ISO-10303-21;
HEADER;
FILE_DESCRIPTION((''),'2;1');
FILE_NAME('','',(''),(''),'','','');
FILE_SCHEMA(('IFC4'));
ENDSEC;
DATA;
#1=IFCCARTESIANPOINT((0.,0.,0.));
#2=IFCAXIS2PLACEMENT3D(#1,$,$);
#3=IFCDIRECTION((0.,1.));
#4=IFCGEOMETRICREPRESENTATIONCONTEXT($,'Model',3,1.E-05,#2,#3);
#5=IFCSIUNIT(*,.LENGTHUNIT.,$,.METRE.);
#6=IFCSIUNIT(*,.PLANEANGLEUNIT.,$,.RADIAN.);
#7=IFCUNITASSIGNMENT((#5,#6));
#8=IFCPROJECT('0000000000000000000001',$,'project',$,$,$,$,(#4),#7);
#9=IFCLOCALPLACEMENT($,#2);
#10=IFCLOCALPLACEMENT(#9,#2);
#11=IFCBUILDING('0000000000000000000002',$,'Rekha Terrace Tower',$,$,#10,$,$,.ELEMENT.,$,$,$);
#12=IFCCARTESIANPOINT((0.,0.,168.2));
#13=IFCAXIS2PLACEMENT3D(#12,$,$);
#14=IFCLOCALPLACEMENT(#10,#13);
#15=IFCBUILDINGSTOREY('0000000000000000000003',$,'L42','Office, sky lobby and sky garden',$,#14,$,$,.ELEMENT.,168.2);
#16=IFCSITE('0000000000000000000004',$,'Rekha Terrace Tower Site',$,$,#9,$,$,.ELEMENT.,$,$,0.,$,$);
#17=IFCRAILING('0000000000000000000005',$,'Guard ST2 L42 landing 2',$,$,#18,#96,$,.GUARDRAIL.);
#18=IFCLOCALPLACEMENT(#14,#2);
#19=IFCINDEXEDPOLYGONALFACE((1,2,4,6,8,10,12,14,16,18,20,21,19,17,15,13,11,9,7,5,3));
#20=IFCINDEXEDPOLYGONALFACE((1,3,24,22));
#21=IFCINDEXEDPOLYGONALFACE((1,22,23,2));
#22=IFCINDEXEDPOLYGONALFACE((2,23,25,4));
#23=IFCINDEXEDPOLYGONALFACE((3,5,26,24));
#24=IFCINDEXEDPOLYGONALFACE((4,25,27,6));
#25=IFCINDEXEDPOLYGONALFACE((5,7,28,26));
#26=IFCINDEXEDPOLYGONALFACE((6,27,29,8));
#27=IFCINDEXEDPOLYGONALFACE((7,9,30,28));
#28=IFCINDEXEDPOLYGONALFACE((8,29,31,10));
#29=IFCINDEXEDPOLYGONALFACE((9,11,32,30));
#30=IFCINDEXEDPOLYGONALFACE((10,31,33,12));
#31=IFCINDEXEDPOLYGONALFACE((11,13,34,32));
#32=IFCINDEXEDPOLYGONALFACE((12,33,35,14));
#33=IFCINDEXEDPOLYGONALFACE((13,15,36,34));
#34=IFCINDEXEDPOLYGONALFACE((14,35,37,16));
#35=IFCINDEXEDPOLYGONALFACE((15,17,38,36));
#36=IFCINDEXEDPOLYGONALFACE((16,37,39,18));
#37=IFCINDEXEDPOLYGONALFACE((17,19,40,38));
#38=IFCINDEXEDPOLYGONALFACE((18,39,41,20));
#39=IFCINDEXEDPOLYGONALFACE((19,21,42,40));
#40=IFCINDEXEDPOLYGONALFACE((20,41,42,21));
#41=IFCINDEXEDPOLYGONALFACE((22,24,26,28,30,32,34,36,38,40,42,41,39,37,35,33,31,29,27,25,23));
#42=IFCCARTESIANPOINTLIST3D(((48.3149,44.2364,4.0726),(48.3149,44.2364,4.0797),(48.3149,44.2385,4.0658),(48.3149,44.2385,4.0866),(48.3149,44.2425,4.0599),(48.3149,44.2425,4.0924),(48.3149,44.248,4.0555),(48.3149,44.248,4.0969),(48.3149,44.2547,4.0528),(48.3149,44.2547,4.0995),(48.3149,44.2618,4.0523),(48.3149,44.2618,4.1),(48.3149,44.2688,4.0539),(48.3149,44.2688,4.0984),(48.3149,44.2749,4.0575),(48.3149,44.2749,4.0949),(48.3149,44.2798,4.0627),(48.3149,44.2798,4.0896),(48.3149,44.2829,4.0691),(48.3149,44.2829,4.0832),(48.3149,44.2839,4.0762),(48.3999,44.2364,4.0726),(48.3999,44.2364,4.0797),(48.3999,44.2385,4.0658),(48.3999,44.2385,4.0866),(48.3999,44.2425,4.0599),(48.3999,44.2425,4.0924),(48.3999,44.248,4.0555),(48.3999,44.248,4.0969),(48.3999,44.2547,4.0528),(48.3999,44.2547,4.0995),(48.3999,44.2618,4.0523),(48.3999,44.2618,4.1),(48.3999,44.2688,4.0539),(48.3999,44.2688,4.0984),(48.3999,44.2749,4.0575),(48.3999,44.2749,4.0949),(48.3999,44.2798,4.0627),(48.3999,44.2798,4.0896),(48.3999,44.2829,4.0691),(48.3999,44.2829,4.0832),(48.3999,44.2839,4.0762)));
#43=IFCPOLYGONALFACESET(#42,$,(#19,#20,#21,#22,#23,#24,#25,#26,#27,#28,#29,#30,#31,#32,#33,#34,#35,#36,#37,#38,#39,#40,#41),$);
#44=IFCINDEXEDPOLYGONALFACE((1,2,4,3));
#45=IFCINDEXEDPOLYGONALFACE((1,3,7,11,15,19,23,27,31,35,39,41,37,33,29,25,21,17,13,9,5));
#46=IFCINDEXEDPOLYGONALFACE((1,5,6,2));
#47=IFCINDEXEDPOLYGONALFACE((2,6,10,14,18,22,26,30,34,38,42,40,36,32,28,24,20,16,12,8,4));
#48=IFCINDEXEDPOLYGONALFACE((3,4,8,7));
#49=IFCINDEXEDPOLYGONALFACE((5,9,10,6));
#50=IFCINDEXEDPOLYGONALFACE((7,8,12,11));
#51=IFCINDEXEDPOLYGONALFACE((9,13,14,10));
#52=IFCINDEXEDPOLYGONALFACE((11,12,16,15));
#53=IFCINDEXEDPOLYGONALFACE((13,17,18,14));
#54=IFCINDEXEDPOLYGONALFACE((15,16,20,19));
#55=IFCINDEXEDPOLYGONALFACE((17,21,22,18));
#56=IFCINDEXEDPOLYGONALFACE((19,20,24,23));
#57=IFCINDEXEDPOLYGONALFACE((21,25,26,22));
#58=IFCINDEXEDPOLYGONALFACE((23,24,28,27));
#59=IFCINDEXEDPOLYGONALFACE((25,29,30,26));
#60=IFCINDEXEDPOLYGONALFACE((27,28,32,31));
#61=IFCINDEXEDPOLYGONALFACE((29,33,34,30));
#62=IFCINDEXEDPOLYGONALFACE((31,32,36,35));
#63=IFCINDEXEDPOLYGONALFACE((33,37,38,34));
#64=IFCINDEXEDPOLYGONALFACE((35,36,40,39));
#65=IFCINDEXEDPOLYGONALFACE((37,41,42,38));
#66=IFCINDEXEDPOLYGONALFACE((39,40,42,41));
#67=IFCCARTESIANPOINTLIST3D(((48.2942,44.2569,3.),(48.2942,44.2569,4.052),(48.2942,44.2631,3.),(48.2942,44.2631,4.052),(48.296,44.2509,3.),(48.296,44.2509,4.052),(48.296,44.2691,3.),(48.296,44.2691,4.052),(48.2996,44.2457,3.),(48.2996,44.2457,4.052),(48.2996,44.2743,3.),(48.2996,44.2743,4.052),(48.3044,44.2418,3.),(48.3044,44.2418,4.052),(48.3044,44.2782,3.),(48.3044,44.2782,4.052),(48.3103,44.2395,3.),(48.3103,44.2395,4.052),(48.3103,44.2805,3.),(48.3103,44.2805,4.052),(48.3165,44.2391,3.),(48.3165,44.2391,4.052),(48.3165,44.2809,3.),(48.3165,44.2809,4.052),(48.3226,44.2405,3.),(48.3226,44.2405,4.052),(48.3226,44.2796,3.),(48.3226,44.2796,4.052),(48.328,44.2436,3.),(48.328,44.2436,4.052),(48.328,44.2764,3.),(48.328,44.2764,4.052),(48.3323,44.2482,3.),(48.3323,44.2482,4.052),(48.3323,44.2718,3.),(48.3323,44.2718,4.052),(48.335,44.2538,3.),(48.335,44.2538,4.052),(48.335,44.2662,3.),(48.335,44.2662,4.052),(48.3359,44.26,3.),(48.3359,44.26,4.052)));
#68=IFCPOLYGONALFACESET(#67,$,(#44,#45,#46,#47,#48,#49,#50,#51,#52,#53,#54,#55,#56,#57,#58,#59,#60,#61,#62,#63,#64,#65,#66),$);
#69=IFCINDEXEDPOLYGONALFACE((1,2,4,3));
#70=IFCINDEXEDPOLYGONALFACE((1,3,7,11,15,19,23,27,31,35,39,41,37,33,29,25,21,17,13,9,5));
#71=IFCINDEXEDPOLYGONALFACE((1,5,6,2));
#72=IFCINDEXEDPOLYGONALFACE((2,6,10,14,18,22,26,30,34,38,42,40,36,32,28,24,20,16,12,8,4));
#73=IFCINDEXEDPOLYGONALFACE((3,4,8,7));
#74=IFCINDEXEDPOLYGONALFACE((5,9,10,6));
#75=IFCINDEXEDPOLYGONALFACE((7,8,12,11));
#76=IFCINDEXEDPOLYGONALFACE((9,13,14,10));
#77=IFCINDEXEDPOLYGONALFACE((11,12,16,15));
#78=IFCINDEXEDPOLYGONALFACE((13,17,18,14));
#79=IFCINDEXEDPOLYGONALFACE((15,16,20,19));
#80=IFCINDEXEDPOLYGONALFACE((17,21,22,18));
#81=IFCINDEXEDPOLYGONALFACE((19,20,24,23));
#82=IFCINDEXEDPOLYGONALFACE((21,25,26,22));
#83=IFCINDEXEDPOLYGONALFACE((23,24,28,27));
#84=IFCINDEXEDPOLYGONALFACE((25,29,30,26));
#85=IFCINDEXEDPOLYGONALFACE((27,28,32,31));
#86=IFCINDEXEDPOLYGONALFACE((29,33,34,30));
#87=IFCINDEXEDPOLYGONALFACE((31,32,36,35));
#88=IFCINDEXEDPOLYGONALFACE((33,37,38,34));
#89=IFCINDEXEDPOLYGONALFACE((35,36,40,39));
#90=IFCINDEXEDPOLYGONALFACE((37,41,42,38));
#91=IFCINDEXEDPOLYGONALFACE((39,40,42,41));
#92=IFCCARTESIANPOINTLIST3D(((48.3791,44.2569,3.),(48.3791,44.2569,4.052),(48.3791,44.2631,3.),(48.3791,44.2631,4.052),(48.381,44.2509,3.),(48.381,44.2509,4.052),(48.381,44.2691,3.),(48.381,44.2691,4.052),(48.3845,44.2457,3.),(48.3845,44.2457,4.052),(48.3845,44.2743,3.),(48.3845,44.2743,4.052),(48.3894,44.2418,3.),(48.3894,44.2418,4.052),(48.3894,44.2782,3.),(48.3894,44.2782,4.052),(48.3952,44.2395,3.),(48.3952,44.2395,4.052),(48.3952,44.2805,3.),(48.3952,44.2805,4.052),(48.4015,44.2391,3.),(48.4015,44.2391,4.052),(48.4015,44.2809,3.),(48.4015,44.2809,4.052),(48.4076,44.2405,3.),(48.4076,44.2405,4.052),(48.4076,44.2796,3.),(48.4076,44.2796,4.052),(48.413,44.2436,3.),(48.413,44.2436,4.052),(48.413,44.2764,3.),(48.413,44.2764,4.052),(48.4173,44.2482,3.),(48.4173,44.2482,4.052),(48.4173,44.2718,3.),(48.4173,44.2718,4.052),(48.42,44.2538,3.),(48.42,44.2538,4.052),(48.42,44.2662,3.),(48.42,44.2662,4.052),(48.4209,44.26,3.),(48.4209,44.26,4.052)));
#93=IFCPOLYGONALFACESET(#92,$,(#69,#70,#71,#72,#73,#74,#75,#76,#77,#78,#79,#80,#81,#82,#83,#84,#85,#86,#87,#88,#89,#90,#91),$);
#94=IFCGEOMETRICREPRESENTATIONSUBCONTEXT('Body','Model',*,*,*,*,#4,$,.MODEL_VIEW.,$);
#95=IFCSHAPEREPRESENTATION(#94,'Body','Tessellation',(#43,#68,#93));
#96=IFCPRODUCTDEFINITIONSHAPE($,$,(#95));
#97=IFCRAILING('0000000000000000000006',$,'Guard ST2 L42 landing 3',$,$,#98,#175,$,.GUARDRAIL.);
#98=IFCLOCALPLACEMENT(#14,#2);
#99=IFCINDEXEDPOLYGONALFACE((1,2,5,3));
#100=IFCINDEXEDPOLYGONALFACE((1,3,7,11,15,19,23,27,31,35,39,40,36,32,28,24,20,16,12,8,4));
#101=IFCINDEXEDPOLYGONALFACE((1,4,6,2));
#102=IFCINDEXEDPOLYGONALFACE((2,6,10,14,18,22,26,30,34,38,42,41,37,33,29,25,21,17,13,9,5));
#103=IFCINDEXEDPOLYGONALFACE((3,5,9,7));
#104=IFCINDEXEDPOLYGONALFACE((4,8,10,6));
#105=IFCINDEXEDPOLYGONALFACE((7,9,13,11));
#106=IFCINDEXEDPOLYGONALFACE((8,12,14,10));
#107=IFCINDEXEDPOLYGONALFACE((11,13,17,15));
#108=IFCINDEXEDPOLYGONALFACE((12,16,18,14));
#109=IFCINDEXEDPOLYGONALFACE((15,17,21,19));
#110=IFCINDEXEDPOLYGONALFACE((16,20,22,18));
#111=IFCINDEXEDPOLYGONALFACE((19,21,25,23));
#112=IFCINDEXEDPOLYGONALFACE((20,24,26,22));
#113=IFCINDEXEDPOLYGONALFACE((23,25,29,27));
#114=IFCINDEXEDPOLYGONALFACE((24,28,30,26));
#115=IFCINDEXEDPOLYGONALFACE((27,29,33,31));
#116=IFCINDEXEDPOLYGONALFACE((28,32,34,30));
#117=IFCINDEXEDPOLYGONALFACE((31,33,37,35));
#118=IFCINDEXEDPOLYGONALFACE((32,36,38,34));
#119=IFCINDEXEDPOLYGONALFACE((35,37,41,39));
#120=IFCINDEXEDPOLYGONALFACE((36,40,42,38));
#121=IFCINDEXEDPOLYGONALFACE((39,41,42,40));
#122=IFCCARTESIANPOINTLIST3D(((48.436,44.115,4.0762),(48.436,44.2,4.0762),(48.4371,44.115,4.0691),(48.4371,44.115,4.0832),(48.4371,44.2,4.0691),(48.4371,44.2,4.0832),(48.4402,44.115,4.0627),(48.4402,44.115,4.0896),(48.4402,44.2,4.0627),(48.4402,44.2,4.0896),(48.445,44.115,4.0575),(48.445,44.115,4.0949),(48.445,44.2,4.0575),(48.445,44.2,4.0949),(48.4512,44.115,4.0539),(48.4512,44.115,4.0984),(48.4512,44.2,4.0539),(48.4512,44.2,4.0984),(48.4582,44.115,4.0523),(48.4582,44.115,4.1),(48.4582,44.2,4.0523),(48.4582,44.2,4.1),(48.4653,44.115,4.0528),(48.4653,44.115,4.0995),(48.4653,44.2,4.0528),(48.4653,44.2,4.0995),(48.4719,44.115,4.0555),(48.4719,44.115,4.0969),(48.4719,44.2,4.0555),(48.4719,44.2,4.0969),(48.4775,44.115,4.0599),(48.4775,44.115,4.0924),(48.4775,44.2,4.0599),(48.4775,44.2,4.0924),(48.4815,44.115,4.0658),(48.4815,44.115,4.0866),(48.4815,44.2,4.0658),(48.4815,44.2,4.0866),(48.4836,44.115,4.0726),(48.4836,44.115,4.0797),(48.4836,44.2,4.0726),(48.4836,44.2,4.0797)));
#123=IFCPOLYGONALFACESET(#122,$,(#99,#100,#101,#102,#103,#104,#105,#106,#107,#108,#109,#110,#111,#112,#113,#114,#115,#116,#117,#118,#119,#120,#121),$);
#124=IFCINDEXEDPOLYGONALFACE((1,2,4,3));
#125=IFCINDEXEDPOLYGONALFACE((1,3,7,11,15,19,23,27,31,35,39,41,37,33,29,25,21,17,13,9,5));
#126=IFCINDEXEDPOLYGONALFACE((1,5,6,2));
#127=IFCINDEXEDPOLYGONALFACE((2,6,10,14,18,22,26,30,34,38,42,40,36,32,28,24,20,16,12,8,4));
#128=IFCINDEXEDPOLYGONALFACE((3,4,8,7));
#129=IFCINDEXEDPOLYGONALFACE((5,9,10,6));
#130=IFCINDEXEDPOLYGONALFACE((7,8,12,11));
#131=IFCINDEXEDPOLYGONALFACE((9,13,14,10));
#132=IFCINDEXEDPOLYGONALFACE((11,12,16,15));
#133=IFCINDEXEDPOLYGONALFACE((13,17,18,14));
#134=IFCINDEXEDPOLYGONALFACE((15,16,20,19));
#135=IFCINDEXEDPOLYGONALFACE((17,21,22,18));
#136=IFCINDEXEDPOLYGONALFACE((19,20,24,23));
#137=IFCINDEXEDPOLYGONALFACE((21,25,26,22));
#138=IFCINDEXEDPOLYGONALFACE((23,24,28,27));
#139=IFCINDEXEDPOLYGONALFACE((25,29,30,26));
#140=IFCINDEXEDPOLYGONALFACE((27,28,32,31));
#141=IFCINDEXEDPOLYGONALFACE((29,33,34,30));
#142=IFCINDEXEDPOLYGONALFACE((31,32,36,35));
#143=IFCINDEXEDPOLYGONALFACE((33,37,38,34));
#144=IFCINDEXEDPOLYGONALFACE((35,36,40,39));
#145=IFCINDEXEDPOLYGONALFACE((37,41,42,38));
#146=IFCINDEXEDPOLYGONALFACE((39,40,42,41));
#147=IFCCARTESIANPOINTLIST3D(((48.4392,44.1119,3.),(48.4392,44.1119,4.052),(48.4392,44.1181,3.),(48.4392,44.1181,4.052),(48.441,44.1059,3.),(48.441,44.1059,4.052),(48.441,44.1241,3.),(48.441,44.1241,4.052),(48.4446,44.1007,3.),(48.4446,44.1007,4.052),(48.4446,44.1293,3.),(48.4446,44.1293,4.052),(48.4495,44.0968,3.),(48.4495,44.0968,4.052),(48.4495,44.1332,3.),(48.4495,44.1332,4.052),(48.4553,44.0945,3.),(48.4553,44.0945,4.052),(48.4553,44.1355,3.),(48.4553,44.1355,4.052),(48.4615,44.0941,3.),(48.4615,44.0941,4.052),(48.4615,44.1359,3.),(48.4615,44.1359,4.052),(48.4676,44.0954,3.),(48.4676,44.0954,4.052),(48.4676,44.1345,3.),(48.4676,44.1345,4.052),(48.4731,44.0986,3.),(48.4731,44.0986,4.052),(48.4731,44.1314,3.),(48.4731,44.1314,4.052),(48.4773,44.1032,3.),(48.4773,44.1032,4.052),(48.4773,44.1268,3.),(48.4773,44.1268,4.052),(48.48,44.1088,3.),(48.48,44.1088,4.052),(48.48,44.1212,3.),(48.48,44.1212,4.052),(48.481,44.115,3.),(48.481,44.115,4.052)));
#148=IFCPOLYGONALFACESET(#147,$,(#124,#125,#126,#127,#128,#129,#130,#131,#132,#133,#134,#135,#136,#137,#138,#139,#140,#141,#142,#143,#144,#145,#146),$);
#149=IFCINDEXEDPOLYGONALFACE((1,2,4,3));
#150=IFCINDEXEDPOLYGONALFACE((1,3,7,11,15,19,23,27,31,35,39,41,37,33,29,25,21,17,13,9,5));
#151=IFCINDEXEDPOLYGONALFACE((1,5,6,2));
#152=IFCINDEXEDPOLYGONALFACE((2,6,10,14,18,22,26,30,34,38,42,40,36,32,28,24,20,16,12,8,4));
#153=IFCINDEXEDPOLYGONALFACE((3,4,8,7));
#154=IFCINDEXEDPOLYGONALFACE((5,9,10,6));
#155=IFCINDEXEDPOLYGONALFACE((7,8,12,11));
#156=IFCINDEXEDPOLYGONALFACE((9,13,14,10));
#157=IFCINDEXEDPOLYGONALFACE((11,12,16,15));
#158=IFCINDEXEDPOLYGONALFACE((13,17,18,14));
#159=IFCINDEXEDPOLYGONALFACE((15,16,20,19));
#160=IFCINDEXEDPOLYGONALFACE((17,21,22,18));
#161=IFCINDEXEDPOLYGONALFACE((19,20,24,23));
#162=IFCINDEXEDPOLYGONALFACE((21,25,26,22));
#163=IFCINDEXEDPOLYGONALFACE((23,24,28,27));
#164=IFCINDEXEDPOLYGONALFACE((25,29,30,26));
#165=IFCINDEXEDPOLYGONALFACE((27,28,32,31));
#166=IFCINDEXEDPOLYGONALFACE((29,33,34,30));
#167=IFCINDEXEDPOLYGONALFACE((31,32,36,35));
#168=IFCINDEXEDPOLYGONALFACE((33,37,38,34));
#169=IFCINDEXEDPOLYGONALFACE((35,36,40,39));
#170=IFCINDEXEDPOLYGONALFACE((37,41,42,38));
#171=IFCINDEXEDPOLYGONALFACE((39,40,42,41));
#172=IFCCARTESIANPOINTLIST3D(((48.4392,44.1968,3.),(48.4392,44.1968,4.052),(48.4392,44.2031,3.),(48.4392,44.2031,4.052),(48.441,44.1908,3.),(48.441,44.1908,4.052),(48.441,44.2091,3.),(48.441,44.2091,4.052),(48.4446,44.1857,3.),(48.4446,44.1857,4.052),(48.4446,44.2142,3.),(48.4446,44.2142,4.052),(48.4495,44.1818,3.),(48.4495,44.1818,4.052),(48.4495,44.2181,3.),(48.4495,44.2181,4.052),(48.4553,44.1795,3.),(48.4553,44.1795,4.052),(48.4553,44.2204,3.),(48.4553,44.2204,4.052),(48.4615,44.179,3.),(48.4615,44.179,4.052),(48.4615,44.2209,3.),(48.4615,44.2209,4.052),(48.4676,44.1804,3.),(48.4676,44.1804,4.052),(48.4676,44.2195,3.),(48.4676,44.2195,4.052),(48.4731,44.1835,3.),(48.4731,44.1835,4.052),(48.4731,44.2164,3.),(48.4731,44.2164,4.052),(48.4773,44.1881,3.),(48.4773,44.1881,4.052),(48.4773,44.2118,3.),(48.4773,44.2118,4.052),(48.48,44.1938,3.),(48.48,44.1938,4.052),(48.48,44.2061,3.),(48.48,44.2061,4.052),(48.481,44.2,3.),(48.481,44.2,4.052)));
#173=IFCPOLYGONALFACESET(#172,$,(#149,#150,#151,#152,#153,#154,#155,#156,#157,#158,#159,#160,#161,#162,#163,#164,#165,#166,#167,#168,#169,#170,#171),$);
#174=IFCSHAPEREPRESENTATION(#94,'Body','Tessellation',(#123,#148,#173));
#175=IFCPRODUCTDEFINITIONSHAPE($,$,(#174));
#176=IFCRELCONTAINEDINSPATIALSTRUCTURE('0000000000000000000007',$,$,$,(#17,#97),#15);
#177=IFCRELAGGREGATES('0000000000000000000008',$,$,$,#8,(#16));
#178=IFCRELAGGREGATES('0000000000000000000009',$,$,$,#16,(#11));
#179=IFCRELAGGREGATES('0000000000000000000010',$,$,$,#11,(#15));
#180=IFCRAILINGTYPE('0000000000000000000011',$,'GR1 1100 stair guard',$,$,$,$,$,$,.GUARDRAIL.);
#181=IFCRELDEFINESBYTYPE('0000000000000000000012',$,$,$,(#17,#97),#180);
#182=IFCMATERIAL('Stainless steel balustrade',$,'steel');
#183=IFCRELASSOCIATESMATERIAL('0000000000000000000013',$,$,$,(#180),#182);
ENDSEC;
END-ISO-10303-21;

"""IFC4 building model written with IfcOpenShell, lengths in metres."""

from ifc_helpers import new_model, si_unit, direction, frame, origin, origin_2d, place, context, subcontext, project, spatial, circle, extrude, material, type_object, element, save


model = new_model("IFC4")

# Units and contexts
model_context = context("Model", 3, precision=1e-05, world=origin(), true_north=direction((0.0, 1.0)))
body_context = subcontext(model_context, "Body", "Model", "MODEL_VIEW")
ifc_project = project(units=[si_unit("LENGTHUNIT", "METRE"), si_unit("PLANEANGLEUNIT", "RADIAN")], contexts=[model_context])

# Site, building, storey
site_placement = place(None, origin())
site = spatial("IfcSite", under=ifc_project, at=site_placement, Name="Rekha Terrace Tower Site", CompositionType="ELEMENT", RefElevation=0.0)
building_placement = place(site_placement, origin())
building = spatial("IfcBuilding", under=site, at=building_placement, Name="Rekha Terrace Tower", CompositionType="ELEMENT")
storey_placement = place(building_placement, frame((0.0, 0.0, 168.2)))
storey = spatial("IfcBuildingStorey", under=building, at=storey_placement, Name="L42", Description="Office, sky lobby and sky garden", CompositionType="ELEMENT", Elevation=168.2)

# Railings
ifc_material_1 = material(Name="Stainless steel balustrade", Category="steel")
railing_type_1 = type_object("IfcRailingType", Name="GR1 1100 stair guard", PredefinedType="GUARDRAIL", material=ifc_material_1)
railing_1_placement = place(storey_placement, frame((48.3149, 44.26, 3.0)))
element("IfcRailing", 1, at=railing_1_placement, inside=storey, type_object=railing_type_1, Name="Guard ST2 L42 landing 2", PredefinedType="GUARDRAIL", context=body_context, shape_type="SweptSolid", body=[
    extrude(circle(Radius=0.0239, at=origin_2d()), frame((0.0, 0.0, 1.0762), z_axis=(1.0, 0.0, 0.0), x_axis=(0.0, 1.0, 0.0)), (0.0, 0.0, 1.0), 0.085),
    extrude(circle(Radius=0.021, at=origin_2d()), origin(), (0.0, 0.0, 1.0), 1.052),
    extrude(circle(Radius=0.021, at=origin_2d()), frame((0.085, 0.0, 0.0)), (0.0, 0.0, 1.0), 1.052),
])
railing_2_placement = place(storey_placement, frame((48.46, 44.115, 3.0)))
element("IfcRailing", 2, at=railing_2_placement, inside=storey, type_object=railing_type_1, Name="Guard ST2 L42 landing 3", PredefinedType="GUARDRAIL", context=body_context, shape_type="SweptSolid", body=[
    extrude(circle(Radius=0.0239, at=origin_2d()), frame((0.0, 0.0, 1.0762), z_axis=(0.0, 1.0, 0.0), x_axis=(-1.0, 0.0, 0.0)), (0.0, 0.0, 1.0), 0.085),
    extrude(circle(Radius=0.021, at=origin_2d()), origin(), (0.0, 0.0, 1.0), 1.052),
    extrude(circle(Radius=0.021, at=origin_2d()), frame((0.0, 0.085, 0.0)), (0.0, 0.0, 1.0), 1.052),
])

save(model, "model.ifc")
